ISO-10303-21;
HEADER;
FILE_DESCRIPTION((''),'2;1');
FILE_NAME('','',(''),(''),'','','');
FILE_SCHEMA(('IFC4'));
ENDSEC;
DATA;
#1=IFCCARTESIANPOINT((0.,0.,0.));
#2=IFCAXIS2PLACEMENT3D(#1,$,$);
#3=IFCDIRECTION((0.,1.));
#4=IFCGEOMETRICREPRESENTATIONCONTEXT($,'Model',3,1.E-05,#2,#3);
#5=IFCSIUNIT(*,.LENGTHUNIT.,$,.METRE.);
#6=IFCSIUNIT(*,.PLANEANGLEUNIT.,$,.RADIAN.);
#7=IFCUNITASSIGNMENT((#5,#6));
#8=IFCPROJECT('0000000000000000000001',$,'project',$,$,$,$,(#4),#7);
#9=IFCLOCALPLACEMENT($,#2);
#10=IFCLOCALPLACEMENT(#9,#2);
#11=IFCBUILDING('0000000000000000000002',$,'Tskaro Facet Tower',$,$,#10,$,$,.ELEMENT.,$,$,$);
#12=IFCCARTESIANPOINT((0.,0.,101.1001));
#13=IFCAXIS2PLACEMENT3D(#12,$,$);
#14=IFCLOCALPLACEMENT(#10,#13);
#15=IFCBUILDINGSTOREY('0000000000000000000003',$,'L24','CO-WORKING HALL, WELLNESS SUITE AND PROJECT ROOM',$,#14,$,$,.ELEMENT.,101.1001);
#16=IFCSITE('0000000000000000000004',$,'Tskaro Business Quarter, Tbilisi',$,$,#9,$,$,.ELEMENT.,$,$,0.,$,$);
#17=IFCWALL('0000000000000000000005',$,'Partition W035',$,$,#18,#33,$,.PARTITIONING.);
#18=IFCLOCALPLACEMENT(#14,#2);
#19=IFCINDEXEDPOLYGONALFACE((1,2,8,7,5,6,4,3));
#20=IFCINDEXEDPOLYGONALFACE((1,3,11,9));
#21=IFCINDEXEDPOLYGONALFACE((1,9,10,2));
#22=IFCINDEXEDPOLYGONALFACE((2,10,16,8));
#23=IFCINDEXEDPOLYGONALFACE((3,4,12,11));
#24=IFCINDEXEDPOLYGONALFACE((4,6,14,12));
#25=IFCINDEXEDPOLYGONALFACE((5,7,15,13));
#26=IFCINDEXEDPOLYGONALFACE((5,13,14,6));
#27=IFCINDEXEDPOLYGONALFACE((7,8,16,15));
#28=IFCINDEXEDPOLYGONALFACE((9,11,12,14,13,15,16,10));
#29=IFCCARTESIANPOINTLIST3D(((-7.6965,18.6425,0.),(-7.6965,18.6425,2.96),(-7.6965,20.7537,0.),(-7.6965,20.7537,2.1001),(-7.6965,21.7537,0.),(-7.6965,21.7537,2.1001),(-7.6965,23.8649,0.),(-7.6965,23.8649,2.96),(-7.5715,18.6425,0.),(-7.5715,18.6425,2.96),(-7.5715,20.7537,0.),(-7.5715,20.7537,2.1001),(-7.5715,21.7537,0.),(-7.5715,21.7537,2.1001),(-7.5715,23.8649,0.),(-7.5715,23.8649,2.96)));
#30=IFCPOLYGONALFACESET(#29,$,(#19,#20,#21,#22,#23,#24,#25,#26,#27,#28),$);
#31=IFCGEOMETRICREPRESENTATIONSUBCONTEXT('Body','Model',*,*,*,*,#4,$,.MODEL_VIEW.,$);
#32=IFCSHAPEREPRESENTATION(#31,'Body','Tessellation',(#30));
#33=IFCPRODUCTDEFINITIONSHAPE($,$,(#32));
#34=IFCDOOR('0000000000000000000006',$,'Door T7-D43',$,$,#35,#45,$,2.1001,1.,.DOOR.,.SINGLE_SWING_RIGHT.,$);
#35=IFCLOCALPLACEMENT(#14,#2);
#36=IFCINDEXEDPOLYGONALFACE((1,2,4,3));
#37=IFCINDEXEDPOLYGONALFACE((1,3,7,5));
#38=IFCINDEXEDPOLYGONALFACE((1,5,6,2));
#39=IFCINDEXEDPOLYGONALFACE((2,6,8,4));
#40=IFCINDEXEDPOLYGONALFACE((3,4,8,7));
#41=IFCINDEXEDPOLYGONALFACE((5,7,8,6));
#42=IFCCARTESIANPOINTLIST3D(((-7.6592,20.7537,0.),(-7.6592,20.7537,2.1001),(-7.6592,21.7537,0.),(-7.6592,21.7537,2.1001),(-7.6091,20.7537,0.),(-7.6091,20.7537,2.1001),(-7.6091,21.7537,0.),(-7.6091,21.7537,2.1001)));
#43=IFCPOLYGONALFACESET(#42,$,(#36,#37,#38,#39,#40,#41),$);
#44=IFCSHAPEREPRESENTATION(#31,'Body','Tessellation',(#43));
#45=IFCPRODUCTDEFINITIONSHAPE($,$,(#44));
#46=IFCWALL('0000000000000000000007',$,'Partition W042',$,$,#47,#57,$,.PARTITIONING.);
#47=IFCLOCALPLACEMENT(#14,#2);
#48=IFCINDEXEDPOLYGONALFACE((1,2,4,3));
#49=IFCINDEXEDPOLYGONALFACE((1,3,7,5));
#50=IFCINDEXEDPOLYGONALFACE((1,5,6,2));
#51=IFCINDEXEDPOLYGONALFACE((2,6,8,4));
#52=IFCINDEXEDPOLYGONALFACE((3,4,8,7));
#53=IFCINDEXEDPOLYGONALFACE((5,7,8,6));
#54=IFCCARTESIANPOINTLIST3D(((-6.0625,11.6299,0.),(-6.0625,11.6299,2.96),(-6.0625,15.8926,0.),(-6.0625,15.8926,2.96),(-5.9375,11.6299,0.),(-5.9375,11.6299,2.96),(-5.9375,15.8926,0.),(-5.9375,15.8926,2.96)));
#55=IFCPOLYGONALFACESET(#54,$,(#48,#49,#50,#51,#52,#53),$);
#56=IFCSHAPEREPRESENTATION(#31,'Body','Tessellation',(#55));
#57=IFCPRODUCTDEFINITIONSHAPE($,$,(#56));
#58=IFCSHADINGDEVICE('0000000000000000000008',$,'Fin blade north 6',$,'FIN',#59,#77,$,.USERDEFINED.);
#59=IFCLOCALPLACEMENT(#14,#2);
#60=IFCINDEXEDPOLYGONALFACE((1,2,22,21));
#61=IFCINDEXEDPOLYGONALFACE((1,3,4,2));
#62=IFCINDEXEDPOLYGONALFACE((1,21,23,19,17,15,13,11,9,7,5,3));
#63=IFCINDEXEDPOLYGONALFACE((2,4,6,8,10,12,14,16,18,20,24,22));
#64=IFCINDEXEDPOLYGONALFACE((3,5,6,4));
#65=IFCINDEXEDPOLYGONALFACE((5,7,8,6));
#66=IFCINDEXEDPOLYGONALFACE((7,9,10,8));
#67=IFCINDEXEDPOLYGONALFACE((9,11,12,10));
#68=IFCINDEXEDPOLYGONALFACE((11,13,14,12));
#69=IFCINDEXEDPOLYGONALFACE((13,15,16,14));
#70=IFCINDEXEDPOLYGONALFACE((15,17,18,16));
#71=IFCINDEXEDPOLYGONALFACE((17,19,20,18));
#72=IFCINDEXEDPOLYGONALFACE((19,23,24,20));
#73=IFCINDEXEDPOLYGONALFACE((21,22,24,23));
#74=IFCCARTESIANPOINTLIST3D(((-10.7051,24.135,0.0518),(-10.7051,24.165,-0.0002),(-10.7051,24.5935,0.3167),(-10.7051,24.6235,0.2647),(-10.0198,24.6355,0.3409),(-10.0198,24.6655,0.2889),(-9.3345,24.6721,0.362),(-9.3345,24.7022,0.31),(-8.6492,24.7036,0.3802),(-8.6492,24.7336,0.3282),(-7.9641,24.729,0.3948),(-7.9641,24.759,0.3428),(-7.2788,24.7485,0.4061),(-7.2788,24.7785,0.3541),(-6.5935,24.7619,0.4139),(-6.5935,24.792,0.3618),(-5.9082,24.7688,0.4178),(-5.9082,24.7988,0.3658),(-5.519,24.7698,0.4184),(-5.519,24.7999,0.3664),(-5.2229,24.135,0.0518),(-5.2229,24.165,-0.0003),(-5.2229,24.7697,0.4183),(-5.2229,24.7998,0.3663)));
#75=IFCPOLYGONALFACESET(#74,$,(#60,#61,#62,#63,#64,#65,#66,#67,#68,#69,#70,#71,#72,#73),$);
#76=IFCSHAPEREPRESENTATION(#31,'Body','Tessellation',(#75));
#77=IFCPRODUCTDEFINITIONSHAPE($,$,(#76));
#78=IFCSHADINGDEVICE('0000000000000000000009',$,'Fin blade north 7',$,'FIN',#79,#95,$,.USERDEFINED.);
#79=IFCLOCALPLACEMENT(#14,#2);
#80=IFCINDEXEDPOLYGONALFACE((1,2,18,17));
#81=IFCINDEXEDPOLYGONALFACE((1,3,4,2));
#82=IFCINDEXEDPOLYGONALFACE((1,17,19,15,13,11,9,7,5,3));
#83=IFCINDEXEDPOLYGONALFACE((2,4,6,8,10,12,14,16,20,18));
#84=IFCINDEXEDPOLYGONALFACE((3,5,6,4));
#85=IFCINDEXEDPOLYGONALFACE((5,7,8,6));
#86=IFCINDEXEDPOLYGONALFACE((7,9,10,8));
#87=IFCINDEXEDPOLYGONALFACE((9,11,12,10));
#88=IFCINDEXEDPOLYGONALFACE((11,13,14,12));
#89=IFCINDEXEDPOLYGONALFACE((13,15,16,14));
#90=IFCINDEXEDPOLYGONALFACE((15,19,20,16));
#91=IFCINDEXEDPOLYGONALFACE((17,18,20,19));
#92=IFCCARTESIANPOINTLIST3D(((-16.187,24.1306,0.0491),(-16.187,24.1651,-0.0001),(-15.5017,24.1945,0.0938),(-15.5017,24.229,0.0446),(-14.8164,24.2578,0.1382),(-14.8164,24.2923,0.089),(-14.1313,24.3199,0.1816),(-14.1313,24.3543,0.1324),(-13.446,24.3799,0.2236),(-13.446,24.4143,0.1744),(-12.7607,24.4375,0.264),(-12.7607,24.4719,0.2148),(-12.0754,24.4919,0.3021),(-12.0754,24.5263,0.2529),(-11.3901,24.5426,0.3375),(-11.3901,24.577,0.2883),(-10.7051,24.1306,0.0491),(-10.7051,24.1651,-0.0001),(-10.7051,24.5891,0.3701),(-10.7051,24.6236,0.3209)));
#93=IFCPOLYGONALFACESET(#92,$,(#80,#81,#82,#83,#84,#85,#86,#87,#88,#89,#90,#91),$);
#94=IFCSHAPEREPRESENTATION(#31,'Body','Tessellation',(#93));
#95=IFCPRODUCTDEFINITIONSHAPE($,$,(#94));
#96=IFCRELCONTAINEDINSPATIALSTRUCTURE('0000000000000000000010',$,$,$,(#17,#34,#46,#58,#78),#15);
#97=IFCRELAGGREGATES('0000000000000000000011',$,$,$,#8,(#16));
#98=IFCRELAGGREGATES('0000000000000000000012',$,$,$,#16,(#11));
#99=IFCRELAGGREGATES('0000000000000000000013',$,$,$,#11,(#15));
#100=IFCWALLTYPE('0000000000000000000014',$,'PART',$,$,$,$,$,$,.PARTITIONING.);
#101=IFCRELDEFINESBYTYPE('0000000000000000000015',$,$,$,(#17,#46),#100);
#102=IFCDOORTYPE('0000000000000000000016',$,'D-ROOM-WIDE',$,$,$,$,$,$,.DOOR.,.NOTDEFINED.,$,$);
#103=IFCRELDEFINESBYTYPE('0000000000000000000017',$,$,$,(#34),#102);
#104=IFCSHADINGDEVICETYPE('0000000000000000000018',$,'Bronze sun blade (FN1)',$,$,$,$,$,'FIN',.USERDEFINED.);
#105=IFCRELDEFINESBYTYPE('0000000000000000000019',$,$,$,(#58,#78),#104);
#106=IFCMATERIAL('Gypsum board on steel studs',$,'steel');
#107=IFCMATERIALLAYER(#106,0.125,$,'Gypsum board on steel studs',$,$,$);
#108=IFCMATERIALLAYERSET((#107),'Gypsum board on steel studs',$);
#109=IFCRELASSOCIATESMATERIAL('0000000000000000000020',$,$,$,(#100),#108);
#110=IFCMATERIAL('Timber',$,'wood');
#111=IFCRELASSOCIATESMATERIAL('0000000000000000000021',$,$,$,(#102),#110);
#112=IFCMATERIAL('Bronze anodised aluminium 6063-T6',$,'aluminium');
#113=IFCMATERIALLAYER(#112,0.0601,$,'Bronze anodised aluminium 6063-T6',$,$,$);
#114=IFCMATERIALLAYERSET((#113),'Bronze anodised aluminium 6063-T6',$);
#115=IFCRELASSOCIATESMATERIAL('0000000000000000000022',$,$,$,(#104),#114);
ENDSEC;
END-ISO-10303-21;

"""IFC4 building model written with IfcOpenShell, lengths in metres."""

from ifc_helpers import new_model, si_unit, direction, frame, frame_2d, origin, place, context, subcontext, project, spatial, polyline, rectangle, outline, extrude, material, layer, layer_set, type_object, element, fill, save


model = new_model("IFC4")

# Units and contexts
model_context = context("Model", 3, precision=1e-05, world=origin(), true_north=direction((0.0, 1.0)))
body_context = subcontext(model_context, "Body", "Model", "MODEL_VIEW")
ifc_project = project(units=[si_unit("LENGTHUNIT", "METRE"), si_unit("PLANEANGLEUNIT", "RADIAN")], contexts=[model_context])

# Site, building, storey
site_placement = place(None, origin())
site = spatial("IfcSite", under=ifc_project, at=site_placement, Name="Tskaro Business Quarter, Tbilisi", CompositionType="ELEMENT", RefElevation=0.0)
building_placement = place(site_placement, origin())
building = spatial("IfcBuilding", under=site, at=building_placement, Name="Tskaro Facet Tower", CompositionType="ELEMENT")
storey_placement = place(building_placement, frame((0.0, 0.0, 101.1001)))
storey = spatial("IfcBuildingStorey", under=building, at=storey_placement, Name="L24", Description="CO-WORKING HALL, WELLNESS SUITE AND PROJECT ROOM", CompositionType="ELEMENT", Elevation=101.1001)

# Shared definitions
ifc_material_1 = material(Name="Bronze anodised aluminium 6063-T6", Category="aluminium")

# Shared definitions
ifc_material_2 = material(Name="Gypsum board on steel studs", Category="steel")
ifc_layer_1 = layer(ifc_material_2, 0.125, Name="Gypsum board on steel studs")
ifc_layer_set_1 = layer_set([ifc_layer_1], Name="Gypsum board on steel studs")
wall_type = type_object("IfcWallType", Name="PART", PredefinedType="PARTITIONING", material=ifc_layer_set_1)
ifc_material_3 = material(Name="Timber", Category="wood")
door_type = type_object("IfcDoorType", Name="D-ROOM-WIDE", OperationType="NOTDEFINED", PredefinedType="DOOR", material=ifc_material_3)

# Wall, opening, door
wall_1_placement = place(storey_placement, frame((-7.634, 23.865, 0.0), z_axis=(0.0, 0.0, 1.0), x_axis=(0.0, -1.0, 0.0)))
wall_1 = element("IfcWall", 1, at=wall_1_placement, inside=storey, type_object=wall_type, Name="Partition W035", PredefinedType="PARTITIONING", context=body_context, shape_type="SweptSolid", body=[
    extrude(rectangle(XDim=5.2224, YDim=0.125, at=frame_2d((2.6113, 0.0))), origin(), (0.0, 0.0, 1.0), 2.96),
])
opening_1_placement = place(wall_1_placement, frame((2.1113, 0.0, 0.0)))
opening_1 = element("IfcOpeningElement", 2, at=opening_1_placement, cuts=wall_1, PredefinedType="OPENING", context=body_context, shape_type="SweptSolid", body=[
    extrude(rectangle(XDim=1.0, YDim=2.1001, at=frame_2d((0.5, 1.05))), frame((0.0, 0.0725, 0.0), z_axis=(0.0, -1.0, 0.0), x_axis=(1.0, 0.0, 0.0)), (0.0, 0.0, 1.0), 0.145),
])
door_1_placement = place(opening_1_placement, origin())
door_1 = element("IfcDoor", 3, at=door_1_placement, inside=storey, type_object=door_type, Name="Door T7-D43", OperationType="SINGLE_SWING_RIGHT", OverallHeight=2.1001, OverallWidth=1.0, PredefinedType="DOOR", context=body_context, shape_type="SweptSolid", body=[
    extrude(rectangle(XDim=1.0, YDim=2.1001, at=frame_2d((0.5, 1.05))), frame((0.0, 0.0249, 0.0), z_axis=(0.0, -1.0, 0.0), x_axis=(1.0, 0.0, 0.0)), (0.0, 0.0, 1.0), 0.05),
])
fill(opening_1, door_1)

# Wall
wall_2_placement = place(storey_placement, frame((-6.0, 11.6299, 0.0), z_axis=(0.0, 0.0, 1.0), x_axis=(0.0, 1.0, 0.0)))
element("IfcWall", 4, at=wall_2_placement, inside=storey, type_object=wall_type, Name="Partition W042", PredefinedType="PARTITIONING", context=body_context, shape_type="SweptSolid", body=[
    extrude(rectangle(XDim=4.2627, YDim=0.125, at=frame_2d((2.1313, 0.0))), origin(), (0.0, 0.0, 1.0), 2.96),
])

# Shading devices
ifc_layer_2 = layer(ifc_material_1, 0.0601, Name="Bronze anodised aluminium 6063-T6")
ifc_layer_set_2 = layer_set([ifc_layer_2], Name="Bronze anodised aluminium 6063-T6")
shading_device_type = type_object("IfcShadingDeviceType", Name="Bronze sun blade (FN1)", ElementType="FIN", PredefinedType="USERDEFINED", material=ifc_layer_set_2)
shading_device_1_placement = place(storey_placement, frame((-5.2229, 24.135, 0.0518), z_axis=(0.000019, -0.500115, 0.865959), x_axis=(-1.0, -0.00001, 0.000017)))
element("IfcShadingDevice", 5, at=shading_device_1_placement, inside=storey, type_object=shading_device_type, Name="Fin blade north 6", ObjectType="FIN", PredefinedType="USERDEFINED", context=body_context, shape_type="SweptSolid", body=[
    extrude(outline(polyline([(0.0, 0.0), (5.4822, 0.0), (5.4822, -0.5295), (4.7969, -0.578), (4.1116, -0.6203), (3.4263, -0.6566), (2.7412, -0.6859), (2.0559, -0.7085), (1.3706, -0.724), (0.6853, -0.7319), (0.2961, -0.7331), (0.0, -0.733), (0.0, 0.0)])), origin(), (0.0, 0.0, -1.0), 0.0601),
])
shading_device_2_placement = place(storey_placement, frame((-10.7051, 24.1306, 0.0491), z_axis=(0.000003, -0.573608, 0.81913), x_axis=(-1.0, -0.000002, 0.000002)))
element("IfcShadingDevice", 6, at=shading_device_2_placement, inside=storey, type_object=shading_device_type, Name="Fin blade north 7", ObjectType="FIN", PredefinedType="USERDEFINED", context=body_context, shape_type="SweptSolid", body=[
    extrude(outline(polyline([(0.0, 0.0), (5.4819, 0.0), (4.7966, -0.078), (4.1113, -0.1553), (3.4263, -0.231), (2.741, -0.3043), (2.0557, -0.3746), (1.3704, -0.4411), (0.6851, -0.5029), (0.0, -0.5597), (0.0, 0.0)])), origin(), (0.0, 0.0, -1.0), 0.0601),
])

save(model, "model.ifc")
